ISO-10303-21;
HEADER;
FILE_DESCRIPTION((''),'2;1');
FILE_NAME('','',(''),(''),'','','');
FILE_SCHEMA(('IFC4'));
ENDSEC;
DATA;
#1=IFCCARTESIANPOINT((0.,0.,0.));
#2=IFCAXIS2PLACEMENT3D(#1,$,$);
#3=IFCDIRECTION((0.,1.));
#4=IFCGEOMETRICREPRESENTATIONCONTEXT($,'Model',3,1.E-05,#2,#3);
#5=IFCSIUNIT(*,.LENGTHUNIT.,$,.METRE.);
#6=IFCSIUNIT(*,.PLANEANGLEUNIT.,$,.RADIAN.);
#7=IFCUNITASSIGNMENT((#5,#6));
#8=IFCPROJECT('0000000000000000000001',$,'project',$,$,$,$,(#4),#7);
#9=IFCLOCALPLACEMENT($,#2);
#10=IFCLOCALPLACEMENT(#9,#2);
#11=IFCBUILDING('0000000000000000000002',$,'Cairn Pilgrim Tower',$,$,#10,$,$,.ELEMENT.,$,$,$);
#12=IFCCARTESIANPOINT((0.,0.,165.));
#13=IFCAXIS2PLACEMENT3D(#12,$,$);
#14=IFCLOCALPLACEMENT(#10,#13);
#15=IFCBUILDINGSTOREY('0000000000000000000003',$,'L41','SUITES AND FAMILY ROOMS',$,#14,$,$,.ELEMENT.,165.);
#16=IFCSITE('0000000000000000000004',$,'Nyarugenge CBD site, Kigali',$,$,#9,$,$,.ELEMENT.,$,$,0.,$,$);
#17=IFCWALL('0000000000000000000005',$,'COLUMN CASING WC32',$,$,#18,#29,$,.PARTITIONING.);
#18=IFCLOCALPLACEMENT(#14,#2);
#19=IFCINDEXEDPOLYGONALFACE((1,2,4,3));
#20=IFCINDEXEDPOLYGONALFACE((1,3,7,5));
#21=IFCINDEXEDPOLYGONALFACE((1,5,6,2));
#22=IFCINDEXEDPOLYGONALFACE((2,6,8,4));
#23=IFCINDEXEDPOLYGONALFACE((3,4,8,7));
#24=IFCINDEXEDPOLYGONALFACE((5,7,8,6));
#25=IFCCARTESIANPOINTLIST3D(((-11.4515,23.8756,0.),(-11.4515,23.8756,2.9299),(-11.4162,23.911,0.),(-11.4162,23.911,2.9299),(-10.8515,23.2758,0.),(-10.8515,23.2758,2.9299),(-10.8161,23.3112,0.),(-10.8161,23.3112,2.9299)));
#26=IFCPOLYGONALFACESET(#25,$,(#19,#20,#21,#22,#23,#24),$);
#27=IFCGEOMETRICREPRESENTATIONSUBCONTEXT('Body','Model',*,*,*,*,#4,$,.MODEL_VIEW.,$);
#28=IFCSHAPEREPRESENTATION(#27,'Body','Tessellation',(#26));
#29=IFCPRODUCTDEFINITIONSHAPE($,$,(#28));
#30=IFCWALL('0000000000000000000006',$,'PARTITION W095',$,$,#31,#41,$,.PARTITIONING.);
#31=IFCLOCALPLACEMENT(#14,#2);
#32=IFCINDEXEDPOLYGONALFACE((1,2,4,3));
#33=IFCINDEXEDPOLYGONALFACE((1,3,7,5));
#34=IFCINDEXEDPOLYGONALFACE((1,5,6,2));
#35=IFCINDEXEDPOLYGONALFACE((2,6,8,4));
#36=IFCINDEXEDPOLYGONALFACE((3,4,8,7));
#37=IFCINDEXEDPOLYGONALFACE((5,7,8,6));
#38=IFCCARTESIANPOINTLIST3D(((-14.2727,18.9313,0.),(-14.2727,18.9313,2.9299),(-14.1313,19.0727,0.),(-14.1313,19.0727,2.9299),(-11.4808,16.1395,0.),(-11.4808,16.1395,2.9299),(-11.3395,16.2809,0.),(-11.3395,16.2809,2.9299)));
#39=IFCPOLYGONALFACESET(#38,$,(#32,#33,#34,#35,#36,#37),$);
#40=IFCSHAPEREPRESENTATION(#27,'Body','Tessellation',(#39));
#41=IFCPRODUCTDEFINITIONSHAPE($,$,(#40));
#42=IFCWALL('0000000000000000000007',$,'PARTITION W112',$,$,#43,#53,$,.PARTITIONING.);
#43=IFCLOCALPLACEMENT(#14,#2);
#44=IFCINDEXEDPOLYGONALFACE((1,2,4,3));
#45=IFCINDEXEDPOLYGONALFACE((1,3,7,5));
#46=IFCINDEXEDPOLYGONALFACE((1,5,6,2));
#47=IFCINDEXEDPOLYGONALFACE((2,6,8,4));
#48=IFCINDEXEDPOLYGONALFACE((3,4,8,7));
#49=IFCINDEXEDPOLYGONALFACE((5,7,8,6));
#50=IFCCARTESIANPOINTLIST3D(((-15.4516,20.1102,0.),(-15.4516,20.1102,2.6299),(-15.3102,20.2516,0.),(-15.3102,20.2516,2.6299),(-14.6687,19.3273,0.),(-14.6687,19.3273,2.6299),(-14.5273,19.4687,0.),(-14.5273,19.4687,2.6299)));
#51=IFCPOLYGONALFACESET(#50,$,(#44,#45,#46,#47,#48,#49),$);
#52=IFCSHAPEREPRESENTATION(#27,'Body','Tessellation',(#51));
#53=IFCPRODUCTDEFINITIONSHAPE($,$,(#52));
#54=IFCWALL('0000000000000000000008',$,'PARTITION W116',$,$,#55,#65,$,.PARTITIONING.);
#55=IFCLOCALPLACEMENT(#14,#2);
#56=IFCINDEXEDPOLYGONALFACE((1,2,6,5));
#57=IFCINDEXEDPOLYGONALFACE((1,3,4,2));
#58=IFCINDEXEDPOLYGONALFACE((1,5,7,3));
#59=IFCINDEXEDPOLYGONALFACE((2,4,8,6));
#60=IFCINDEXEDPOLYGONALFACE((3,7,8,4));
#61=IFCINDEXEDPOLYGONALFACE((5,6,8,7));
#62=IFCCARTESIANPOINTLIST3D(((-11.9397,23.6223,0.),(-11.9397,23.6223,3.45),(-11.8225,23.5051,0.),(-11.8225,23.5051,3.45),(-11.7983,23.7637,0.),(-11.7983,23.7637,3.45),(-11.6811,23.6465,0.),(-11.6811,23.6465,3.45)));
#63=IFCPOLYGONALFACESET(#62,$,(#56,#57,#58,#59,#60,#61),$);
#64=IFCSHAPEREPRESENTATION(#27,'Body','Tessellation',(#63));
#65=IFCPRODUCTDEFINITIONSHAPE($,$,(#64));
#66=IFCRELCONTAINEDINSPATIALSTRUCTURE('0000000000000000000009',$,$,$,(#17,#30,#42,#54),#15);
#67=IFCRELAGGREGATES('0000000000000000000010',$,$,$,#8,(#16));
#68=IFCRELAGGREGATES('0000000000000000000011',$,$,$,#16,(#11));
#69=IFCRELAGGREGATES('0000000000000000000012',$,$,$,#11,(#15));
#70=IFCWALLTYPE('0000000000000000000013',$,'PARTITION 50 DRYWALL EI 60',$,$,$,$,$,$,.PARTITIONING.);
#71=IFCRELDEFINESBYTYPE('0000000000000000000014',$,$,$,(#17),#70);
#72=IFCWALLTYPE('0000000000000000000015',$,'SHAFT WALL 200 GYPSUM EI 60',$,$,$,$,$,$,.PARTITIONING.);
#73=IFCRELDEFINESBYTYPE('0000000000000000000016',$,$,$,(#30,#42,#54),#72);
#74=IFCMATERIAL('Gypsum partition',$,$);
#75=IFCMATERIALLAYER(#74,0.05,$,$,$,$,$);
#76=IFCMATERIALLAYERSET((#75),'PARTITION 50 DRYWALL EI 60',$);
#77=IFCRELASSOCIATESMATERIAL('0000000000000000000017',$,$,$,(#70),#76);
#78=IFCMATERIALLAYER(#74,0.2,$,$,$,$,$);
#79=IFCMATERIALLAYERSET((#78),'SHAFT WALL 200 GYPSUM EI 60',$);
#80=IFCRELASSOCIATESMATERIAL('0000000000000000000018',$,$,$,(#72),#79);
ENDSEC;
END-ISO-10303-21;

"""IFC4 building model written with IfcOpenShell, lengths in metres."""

from ifc_helpers import new_model, si_unit, direction, frame, frame_2d, origin, place, context, subcontext, project, spatial, rectangle, extrude, material, layer, layer_set, type_object, element, save


model = new_model("IFC4")

# Units and contexts
model_context = context("Model", 3, precision=1e-05, world=origin(), true_north=direction((0.0, 1.0)))
body_context = subcontext(model_context, "Body", "Model", "MODEL_VIEW")
ifc_project = project(units=[si_unit("LENGTHUNIT", "METRE"), si_unit("PLANEANGLEUNIT", "RADIAN")], contexts=[model_context])

# Site, building, storey
site_placement = place(None, origin())
site = spatial("IfcSite", under=ifc_project, at=site_placement, Name="Nyarugenge CBD site, Kigali", CompositionType="ELEMENT", RefElevation=0.0)
building_placement = place(site_placement, origin())
building = spatial("IfcBuilding", under=site, at=building_placement, Name="Cairn Pilgrim Tower", CompositionType="ELEMENT")
storey_placement = place(building_placement, frame((0.0, 0.0, 165.0)))
storey = spatial("IfcBuildingStorey", under=building, at=storey_placement, Name="L41", Description="SUITES AND FAMILY ROOMS", CompositionType="ELEMENT", Elevation=165.0)

# Shared definitions
ifc_material_1 = material(Name="Gypsum partition")

# Walls
ifc_layer_1 = layer(ifc_material_1, 0.05)
ifc_layer_set_1 = layer_set([ifc_layer_1], Name="PARTITION 50 DRYWALL EI 60")
wall_type_1 = type_object("IfcWallType", Name="PARTITION 50 DRYWALL EI 60", PredefinedType="PARTITIONING", material=ifc_layer_set_1)
wall_1_placement = place(storey_placement, frame((-10.8337, 23.2935, 0.0), z_axis=(0.0, 0.0, 1.0), x_axis=(-0.707251, 0.706963, 0.0)))
element("IfcWall", 1, at=wall_1_placement, inside=storey, type_object=wall_type_1, Name="COLUMN CASING WC32", PredefinedType="PARTITIONING", context=body_context, shape_type="SweptSolid", body=[
    extrude(rectangle(XDim=0.8484, YDim=0.05, at=frame_2d((0.4243, 0.0))), origin(), (0.0, 0.0, 1.0), 2.9299),
])
ifc_layer_2 = layer(ifc_material_1, 0.2)
ifc_layer_set_2 = layer_set([ifc_layer_2], Name="SHAFT WALL 200 GYPSUM EI 60")
wall_type_2 = type_object("IfcWallType", Name="SHAFT WALL 200 GYPSUM EI 60", PredefinedType="PARTITIONING", material=ifc_layer_set_2)
wall_2_placement = place(storey_placement, frame((-11.4102, 16.2102, 0.0), z_axis=(0.0, 0.0, 1.0), x_axis=(-0.707107, 0.707107, 0.0)))
element("IfcWall", 2, at=wall_2_placement, inside=storey, type_object=wall_type_2, Name="PARTITION W095", PredefinedType="PARTITIONING", context=body_context, shape_type="SweptSolid", body=[
    extrude(rectangle(XDim=3.9482, YDim=0.2, at=frame_2d((1.9741, 0.0))), origin(), (0.0, 0.0, 1.0), 2.9299),
])
wall_3_placement = place(storey_placement, frame((-14.5979, 19.3979, 0.0), z_axis=(0.0, 0.0, 1.0), x_axis=(-0.707107, 0.707107, 0.0)))
element("IfcWall", 3, at=wall_3_placement, inside=storey, type_object=wall_type_2, Name="PARTITION W112", PredefinedType="PARTITIONING", context=body_context, shape_type="SweptSolid", body=[
    extrude(rectangle(XDim=1.1072, YDim=0.2, at=frame_2d((0.5537, 0.0))), origin(), (0.0, 0.0, 1.0), 2.6299),
])
wall_4_placement = place(storey_placement, frame((-11.7517, 23.5757, 0.0), z_axis=(0.0, 0.0, 1.0), x_axis=(-0.707107, 0.707107, 0.0)))
element("IfcWall", 4, at=wall_4_placement, inside=storey, type_object=wall_type_2, Name="PARTITION W116", PredefinedType="PARTITIONING", context=body_context, shape_type="SweptSolid", body=[
    extrude(rectangle(XDim=0.1658, YDim=0.2, at=frame_2d((0.083, 0.0))), origin(), (0.0, 0.0, 1.0), 3.45),
])

save(model, "model.ifc")
